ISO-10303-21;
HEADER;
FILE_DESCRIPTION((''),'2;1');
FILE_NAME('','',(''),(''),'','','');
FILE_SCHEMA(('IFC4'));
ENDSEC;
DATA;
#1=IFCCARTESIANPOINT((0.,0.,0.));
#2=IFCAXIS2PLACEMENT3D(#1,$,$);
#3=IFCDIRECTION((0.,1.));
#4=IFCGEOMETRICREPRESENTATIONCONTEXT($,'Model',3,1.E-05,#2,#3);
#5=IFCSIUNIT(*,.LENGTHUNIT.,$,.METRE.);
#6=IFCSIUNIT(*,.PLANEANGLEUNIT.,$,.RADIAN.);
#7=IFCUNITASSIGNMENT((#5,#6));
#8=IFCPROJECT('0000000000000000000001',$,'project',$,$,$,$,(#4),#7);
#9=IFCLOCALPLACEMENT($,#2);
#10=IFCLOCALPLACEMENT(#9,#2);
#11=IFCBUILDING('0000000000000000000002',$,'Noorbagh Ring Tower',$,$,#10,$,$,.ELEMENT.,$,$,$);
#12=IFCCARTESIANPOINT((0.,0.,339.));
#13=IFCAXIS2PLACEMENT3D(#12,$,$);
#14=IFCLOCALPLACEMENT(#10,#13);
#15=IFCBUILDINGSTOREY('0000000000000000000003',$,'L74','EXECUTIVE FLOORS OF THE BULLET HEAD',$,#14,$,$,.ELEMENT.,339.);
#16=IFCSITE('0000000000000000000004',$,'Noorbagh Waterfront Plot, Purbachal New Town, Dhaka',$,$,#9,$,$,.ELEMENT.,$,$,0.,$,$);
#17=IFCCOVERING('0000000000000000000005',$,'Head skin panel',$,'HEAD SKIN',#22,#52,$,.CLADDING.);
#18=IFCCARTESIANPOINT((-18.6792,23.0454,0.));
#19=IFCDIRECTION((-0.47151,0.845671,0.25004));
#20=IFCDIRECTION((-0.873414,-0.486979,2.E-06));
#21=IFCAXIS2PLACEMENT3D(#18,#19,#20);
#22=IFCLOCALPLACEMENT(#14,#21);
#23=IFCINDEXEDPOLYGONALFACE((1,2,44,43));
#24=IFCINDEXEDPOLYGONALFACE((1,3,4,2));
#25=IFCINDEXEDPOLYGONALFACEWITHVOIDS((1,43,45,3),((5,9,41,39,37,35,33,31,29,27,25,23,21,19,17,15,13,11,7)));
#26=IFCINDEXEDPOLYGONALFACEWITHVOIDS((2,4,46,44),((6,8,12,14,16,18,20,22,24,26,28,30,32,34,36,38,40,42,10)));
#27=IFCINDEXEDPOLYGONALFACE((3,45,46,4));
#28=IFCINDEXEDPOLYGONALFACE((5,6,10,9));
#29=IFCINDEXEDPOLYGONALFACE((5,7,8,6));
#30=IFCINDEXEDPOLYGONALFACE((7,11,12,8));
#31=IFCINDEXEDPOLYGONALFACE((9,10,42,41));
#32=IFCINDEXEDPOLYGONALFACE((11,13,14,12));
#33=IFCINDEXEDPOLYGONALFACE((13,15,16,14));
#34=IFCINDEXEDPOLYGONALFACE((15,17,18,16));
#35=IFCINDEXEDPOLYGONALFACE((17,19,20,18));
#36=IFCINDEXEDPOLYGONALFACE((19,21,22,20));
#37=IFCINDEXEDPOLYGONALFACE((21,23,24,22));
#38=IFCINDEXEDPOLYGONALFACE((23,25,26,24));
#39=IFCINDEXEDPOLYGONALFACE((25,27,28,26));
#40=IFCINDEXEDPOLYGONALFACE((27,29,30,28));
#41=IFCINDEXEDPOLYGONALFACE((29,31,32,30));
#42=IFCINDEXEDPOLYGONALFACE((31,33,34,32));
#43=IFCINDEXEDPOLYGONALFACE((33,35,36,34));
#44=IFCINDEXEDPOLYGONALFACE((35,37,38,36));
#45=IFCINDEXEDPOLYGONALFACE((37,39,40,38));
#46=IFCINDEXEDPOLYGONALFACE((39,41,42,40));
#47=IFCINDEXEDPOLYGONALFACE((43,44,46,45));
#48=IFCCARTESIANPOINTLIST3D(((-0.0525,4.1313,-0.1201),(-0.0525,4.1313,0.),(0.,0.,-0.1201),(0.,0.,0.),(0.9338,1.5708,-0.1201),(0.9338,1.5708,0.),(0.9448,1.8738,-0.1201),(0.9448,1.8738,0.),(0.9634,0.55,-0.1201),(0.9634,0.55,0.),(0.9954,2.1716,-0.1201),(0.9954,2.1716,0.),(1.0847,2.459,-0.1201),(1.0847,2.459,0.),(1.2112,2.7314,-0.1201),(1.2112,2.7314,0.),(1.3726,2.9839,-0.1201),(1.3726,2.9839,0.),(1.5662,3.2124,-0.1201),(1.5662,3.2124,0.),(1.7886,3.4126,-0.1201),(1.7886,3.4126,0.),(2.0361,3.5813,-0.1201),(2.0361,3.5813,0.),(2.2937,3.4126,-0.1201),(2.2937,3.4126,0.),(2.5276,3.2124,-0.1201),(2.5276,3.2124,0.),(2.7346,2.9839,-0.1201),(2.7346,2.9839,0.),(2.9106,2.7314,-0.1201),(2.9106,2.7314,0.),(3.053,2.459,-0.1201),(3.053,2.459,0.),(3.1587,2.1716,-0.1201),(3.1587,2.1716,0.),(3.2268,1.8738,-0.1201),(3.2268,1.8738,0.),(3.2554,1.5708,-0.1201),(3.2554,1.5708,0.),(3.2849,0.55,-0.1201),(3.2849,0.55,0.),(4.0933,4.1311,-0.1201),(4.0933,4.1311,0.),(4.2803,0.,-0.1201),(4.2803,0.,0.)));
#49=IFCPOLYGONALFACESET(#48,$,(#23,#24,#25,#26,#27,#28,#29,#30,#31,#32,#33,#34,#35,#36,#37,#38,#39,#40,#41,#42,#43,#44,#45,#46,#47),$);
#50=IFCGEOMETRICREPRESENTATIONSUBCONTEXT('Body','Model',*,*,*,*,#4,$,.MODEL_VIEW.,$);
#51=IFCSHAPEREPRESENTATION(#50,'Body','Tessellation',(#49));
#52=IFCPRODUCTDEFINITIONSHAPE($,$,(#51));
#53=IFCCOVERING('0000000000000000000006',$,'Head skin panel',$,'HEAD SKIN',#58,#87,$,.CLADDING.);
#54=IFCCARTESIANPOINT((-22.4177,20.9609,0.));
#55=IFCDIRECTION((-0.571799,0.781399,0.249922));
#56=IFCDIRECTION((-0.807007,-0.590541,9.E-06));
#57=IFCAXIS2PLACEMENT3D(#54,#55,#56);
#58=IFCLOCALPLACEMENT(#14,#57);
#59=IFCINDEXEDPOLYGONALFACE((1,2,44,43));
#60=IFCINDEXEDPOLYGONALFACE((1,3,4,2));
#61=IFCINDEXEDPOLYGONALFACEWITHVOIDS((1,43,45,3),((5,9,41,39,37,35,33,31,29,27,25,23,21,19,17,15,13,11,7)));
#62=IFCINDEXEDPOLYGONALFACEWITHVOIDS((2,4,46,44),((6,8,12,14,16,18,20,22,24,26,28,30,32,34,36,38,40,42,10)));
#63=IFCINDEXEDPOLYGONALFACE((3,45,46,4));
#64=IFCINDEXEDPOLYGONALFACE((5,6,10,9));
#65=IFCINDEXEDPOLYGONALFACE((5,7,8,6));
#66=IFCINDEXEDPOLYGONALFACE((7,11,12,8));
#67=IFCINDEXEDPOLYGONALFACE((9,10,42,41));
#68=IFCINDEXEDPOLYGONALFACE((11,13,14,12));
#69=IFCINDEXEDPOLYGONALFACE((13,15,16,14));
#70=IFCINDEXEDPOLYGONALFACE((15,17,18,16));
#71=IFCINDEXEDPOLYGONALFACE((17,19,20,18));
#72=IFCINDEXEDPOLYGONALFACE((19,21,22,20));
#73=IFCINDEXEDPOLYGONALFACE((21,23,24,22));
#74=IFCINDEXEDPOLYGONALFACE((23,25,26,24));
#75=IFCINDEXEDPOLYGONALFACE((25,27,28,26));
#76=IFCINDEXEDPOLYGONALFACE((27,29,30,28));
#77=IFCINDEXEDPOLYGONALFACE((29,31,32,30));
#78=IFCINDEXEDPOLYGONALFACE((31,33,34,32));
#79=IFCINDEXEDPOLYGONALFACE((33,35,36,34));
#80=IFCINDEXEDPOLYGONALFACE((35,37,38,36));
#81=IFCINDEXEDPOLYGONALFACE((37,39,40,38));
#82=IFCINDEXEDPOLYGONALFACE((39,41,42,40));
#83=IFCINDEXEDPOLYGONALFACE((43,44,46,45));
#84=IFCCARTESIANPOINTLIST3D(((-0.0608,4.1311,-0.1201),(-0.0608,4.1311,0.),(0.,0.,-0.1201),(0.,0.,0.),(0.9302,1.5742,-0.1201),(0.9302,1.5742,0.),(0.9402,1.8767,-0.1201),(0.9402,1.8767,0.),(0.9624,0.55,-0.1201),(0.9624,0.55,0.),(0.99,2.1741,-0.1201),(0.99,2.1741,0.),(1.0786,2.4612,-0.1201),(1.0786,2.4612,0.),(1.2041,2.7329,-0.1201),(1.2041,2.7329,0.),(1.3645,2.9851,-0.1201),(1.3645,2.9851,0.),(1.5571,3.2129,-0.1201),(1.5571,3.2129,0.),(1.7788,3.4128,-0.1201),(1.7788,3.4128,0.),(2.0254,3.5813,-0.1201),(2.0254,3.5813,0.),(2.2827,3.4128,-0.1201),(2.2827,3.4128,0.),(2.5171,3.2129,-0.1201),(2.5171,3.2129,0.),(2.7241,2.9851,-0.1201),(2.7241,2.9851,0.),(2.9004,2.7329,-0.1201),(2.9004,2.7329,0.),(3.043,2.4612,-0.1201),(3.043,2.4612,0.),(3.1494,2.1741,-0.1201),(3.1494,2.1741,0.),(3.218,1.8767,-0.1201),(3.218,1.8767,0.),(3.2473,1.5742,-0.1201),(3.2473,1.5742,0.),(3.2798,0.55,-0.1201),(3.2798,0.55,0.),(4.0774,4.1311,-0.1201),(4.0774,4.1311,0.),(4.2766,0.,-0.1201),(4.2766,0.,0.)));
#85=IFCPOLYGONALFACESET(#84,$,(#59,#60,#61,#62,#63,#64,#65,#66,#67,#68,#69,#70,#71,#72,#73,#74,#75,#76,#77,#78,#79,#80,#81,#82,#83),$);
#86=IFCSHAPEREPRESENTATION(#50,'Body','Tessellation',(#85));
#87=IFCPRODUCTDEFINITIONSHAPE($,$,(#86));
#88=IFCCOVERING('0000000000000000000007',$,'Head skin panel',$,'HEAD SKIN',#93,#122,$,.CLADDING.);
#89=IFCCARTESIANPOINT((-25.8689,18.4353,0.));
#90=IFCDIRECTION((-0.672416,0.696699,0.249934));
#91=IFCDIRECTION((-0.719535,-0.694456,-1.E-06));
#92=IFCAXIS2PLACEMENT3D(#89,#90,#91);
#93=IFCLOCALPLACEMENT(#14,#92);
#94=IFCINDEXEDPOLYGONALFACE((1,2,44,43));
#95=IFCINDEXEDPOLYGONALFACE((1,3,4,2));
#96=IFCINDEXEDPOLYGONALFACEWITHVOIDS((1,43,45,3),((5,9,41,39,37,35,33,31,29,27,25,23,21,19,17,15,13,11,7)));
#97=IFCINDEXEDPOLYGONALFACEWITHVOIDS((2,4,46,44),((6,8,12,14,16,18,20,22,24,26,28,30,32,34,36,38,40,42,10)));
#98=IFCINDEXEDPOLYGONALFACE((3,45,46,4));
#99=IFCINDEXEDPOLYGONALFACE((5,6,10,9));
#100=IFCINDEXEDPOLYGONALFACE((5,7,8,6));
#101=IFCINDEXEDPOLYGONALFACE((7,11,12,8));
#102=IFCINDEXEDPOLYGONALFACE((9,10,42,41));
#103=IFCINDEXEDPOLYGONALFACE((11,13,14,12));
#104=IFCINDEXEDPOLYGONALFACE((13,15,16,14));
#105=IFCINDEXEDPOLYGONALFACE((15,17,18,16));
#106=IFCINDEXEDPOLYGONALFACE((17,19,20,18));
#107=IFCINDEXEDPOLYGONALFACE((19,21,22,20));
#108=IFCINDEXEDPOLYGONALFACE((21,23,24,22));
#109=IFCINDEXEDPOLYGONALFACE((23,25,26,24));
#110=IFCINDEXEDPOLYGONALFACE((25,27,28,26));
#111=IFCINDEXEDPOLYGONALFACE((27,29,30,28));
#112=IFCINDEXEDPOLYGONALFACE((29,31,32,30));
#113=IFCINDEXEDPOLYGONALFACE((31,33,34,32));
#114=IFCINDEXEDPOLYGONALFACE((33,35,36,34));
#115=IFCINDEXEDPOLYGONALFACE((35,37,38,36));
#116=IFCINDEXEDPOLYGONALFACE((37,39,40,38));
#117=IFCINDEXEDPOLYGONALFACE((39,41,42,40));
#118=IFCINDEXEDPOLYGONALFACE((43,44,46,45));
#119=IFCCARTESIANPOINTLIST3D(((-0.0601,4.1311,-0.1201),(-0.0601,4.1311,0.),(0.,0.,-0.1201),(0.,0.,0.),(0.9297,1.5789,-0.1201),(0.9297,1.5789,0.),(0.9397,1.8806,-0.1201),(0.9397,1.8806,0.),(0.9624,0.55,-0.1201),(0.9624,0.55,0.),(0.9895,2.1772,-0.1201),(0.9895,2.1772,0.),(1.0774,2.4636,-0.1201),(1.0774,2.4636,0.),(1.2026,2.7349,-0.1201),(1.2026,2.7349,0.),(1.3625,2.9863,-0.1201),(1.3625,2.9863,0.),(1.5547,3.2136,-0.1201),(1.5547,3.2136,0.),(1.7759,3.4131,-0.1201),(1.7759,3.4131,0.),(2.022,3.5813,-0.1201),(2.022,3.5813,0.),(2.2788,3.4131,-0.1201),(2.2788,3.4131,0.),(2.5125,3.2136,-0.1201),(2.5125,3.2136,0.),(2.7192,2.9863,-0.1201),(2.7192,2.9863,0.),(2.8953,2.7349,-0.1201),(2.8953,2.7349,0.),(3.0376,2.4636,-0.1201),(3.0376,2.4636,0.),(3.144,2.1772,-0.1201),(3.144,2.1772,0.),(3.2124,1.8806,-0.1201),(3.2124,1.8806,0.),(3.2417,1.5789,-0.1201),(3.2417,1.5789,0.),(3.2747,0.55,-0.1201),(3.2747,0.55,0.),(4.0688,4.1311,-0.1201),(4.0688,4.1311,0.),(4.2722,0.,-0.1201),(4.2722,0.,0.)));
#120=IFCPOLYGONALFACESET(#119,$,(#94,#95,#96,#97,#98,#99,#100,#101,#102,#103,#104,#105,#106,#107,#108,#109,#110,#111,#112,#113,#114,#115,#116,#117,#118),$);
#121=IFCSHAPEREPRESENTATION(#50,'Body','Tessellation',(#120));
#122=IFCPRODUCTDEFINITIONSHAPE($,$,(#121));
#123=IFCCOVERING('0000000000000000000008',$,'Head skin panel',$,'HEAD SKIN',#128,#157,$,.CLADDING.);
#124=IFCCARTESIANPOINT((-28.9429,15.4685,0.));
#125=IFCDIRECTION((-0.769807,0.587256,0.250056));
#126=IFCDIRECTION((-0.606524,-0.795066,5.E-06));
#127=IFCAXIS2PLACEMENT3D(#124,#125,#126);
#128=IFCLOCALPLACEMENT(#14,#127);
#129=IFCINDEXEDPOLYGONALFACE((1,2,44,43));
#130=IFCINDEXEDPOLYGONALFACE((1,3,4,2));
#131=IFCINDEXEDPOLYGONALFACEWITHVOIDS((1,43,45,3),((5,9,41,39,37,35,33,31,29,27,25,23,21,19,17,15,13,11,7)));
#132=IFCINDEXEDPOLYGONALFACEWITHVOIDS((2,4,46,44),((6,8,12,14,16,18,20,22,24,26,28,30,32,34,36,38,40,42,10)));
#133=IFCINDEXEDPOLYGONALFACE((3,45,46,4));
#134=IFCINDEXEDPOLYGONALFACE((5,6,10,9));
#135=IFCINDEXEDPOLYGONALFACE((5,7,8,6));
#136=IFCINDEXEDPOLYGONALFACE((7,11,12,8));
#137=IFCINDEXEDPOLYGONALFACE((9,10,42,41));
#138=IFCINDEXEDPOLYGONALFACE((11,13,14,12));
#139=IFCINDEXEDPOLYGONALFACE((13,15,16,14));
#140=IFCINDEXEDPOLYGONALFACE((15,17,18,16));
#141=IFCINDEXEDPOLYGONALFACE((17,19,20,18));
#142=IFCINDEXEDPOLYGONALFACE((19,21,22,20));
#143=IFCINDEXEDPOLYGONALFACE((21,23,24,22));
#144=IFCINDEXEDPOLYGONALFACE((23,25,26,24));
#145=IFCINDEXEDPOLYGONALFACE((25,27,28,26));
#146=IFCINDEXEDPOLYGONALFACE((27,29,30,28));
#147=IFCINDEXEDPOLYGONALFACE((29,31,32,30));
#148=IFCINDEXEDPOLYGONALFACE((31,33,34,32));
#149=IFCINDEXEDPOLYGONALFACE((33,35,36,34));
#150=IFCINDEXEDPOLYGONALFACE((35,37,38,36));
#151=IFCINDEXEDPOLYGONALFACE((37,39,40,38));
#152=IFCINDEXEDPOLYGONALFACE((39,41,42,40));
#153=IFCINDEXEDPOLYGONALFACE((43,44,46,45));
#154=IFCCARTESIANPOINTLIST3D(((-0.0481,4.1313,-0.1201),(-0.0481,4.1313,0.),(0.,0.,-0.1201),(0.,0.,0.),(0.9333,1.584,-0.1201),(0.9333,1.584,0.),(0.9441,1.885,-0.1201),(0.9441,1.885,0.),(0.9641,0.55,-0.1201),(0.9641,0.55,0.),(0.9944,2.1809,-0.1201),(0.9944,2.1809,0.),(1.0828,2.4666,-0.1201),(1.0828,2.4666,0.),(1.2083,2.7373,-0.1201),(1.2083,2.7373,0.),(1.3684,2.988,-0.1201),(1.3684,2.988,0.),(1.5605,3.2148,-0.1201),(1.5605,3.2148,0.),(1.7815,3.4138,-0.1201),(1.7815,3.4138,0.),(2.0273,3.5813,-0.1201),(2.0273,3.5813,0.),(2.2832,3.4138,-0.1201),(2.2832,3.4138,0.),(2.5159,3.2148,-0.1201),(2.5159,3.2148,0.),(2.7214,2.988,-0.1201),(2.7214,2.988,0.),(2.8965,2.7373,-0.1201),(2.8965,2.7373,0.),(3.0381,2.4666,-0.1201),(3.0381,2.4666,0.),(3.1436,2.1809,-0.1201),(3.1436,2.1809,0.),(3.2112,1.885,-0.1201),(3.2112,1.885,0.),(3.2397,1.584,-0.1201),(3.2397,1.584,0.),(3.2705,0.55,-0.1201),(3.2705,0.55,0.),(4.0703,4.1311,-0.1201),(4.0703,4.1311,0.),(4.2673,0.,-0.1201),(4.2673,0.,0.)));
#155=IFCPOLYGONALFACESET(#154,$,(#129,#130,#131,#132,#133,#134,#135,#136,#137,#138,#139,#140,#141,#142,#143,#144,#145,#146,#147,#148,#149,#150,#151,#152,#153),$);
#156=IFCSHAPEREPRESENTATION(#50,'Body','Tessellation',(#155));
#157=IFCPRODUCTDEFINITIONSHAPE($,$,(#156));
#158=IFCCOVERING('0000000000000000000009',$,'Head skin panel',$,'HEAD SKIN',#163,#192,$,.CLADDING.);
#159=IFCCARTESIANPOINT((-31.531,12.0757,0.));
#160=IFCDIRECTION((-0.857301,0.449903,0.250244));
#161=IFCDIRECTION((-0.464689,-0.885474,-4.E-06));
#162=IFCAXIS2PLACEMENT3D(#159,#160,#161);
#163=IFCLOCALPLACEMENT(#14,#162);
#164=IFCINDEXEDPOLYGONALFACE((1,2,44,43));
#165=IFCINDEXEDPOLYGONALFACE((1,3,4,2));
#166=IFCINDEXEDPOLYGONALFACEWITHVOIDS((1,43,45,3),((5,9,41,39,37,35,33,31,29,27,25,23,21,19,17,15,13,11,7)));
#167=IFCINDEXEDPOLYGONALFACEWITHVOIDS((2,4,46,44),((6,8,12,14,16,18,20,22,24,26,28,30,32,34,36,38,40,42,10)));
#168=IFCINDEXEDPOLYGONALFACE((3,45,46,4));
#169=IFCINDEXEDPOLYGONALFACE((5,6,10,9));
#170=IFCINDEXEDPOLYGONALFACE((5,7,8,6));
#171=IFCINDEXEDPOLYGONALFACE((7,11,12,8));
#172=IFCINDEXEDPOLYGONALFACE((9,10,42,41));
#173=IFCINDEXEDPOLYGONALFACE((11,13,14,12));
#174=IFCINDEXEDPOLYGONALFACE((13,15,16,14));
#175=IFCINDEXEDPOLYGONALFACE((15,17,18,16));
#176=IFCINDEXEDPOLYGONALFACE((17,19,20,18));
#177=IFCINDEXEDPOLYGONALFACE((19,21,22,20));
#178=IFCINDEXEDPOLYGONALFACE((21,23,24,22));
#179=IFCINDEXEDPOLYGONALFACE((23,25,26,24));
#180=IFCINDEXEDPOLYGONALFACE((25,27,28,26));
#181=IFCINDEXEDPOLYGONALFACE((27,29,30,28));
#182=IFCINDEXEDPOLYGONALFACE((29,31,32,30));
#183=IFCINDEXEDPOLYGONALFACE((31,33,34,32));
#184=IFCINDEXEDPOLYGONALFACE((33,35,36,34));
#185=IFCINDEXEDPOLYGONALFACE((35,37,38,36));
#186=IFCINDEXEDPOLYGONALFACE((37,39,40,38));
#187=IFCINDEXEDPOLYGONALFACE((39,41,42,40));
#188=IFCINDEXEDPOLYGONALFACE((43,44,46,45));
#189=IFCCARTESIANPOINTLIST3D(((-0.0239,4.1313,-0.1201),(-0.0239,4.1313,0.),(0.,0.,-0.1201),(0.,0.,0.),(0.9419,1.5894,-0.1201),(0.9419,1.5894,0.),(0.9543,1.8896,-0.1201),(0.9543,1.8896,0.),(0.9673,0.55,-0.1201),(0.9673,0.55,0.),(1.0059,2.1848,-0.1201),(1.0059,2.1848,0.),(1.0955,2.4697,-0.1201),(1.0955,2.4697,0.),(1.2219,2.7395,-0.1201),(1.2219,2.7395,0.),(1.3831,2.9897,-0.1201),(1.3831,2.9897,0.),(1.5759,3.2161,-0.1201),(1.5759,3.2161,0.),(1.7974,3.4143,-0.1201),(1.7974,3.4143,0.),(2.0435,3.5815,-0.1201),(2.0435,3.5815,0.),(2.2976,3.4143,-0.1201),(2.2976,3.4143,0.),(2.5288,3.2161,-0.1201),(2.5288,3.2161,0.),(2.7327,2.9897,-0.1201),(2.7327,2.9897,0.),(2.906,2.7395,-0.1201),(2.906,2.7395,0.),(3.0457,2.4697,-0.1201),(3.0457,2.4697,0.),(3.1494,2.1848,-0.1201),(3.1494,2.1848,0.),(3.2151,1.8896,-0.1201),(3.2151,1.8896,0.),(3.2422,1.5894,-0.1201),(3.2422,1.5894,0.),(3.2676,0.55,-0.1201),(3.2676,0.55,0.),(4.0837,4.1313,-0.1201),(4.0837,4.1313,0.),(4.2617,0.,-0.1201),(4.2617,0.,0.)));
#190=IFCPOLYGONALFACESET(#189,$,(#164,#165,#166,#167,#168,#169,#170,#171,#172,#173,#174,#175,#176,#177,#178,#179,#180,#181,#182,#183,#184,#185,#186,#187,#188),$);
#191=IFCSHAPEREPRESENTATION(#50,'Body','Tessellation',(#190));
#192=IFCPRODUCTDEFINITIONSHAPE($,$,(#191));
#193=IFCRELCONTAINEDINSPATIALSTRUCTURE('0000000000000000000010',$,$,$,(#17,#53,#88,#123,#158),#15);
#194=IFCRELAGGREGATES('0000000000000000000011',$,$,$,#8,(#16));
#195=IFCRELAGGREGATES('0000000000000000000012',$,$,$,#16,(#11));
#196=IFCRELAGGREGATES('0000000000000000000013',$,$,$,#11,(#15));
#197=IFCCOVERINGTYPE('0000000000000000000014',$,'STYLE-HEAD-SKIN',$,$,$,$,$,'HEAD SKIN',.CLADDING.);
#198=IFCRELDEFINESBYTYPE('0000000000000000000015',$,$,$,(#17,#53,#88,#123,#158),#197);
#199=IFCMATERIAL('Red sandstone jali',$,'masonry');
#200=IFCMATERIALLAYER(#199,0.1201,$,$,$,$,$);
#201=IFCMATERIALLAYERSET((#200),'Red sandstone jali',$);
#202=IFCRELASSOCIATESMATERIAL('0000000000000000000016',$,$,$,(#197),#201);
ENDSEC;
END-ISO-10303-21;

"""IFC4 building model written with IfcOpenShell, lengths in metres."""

from ifc_helpers import new_model, si_unit, direction, frame, origin, place, context, subcontext, project, spatial, polyline, outline, extrude, material, layer, layer_set, type_object, element, save


model = new_model("IFC4")

# Units and contexts
model_context = context("Model", 3, precision=1e-05, world=origin(), true_north=direction((0.0, 1.0)))
body_context = subcontext(model_context, "Body", "Model", "MODEL_VIEW")
ifc_project = project(units=[si_unit("LENGTHUNIT", "METRE"), si_unit("PLANEANGLEUNIT", "RADIAN")], contexts=[model_context])

# Site, building, storey
site_placement = place(None, origin())
site = spatial("IfcSite", under=ifc_project, at=site_placement, Name="Noorbagh Waterfront Plot, Purbachal New Town, Dhaka", CompositionType="ELEMENT", RefElevation=0.0)
building_placement = place(site_placement, origin())
building = spatial("IfcBuilding", under=site, at=building_placement, Name="Noorbagh Ring Tower", CompositionType="ELEMENT")
storey_placement = place(building_placement, frame((0.0, 0.0, 339.0)))
storey = spatial("IfcBuildingStorey", under=building, at=storey_placement, Name="L74", Description="EXECUTIVE FLOORS OF THE BULLET HEAD", CompositionType="ELEMENT", Elevation=339.0)

# Coverings
ifc_material_1 = material(Name="Red sandstone jali", Category="masonry")
ifc_layer_1 = layer(ifc_material_1, 0.1201)
ifc_layer_set_1 = layer_set([ifc_layer_1], Name="Red sandstone jali")
covering_type_1 = type_object("IfcCoveringType", Name="STYLE-HEAD-SKIN", ElementType="HEAD SKIN", PredefinedType="CLADDING", material=ifc_layer_set_1)
covering_1_placement = place(storey_placement, frame((-18.6792, 23.0454, 0.0), z_axis=(-0.47151, 0.845671, 0.25004), x_axis=(-0.873414, -0.486979, 0.000002)))
element("IfcCovering", 1, at=covering_1_placement, inside=storey, type_object=covering_type_1, Name="Head skin panel", ObjectType="HEAD SKIN", PredefinedType="CLADDING", context=body_context, shape_type="SweptSolid", body=[
    extrude(outline(polyline([(0.0, 0.0), (4.2803, 0.0), (4.0933, 4.1311), (-0.0525, 4.1313), (0.0, 0.0)]), holes=[polyline([(0.9634, 0.55), (0.9338, 1.5708), (0.9448, 1.8738), (0.9954, 2.1716), (1.0847, 2.459), (1.2112, 2.7314), (1.3726, 2.9839), (1.5662, 3.2124), (1.7886, 3.4126), (2.0361, 3.5813), (2.2937, 3.4126), (2.5276, 3.2124), (2.7346, 2.9839), (2.9106, 2.7314), (3.053, 2.459), (3.1587, 2.1716), (3.2268, 1.8738), (3.2554, 1.5708), (3.2849, 0.55), (0.9634, 0.55)])]), origin(), (0.0, 0.0, -1.0), 0.1201),
])
covering_2_placement = place(storey_placement, frame((-22.4177, 20.9609, 0.0), z_axis=(-0.571799, 0.781399, 0.249922), x_axis=(-0.807007, -0.590541, 0.000009)))
element("IfcCovering", 2, at=covering_2_placement, inside=storey, type_object=covering_type_1, Name="Head skin panel", ObjectType="HEAD SKIN", PredefinedType="CLADDING", context=body_context, shape_type="SweptSolid", body=[
    extrude(outline(polyline([(0.0, 0.0), (4.2766, 0.0), (4.0774, 4.1311), (-0.0608, 4.1311), (0.0, 0.0)]), holes=[polyline([(0.9624, 0.55), (0.9302, 1.5742), (0.9402, 1.8767), (0.99, 2.1741), (1.0786, 2.4612), (1.2041, 2.7329), (1.3645, 2.9851), (1.5571, 3.2129), (1.7788, 3.4128), (2.0254, 3.5813), (2.2827, 3.4128), (2.5171, 3.2129), (2.7241, 2.9851), (2.9004, 2.7329), (3.043, 2.4612), (3.1494, 2.1741), (3.218, 1.8767), (3.2473, 1.5742), (3.2798, 0.55), (0.9624, 0.55)])]), origin(), (0.0, 0.0, -1.0), 0.1201),
])
covering_3_placement = place(storey_placement, frame((-25.8689, 18.4353, 0.0), z_axis=(-0.672416, 0.696699, 0.249934), x_axis=(-0.719535, -0.694456, -0.000001)))
element("IfcCovering", 3, at=covering_3_placement, inside=storey, type_object=covering_type_1, Name="Head skin panel", ObjectType="HEAD SKIN", PredefinedType="CLADDING", context=body_context, shape_type="SweptSolid", body=[
    extrude(outline(polyline([(0.0, 0.0), (4.2722, 0.0), (4.0688, 4.1311), (-0.0601, 4.1311), (0.0, 0.0)]), holes=[polyline([(0.9624, 0.55), (0.9297, 1.5789), (0.9397, 1.8806), (0.9895, 2.1772), (1.0774, 2.4636), (1.2026, 2.7349), (1.3625, 2.9863), (1.5547, 3.2136), (1.7759, 3.4131), (2.022, 3.5813), (2.2788, 3.4131), (2.5125, 3.2136), (2.7192, 2.9863), (2.8953, 2.7349), (3.0376, 2.4636), (3.144, 2.1772), (3.2124, 1.8806), (3.2417, 1.5789), (3.2747, 0.55), (0.9624, 0.55)])]), origin(), (0.0, 0.0, -1.0), 0.1201),
])
covering_4_placement = place(storey_placement, frame((-28.9429, 15.4685, 0.0), z_axis=(-0.769807, 0.587256, 0.250056), x_axis=(-0.606524, -0.795066, 0.000005)))
element("IfcCovering", 4, at=covering_4_placement, inside=storey, type_object=covering_type_1, Name="Head skin panel", ObjectType="HEAD SKIN", PredefinedType="CLADDING", context=body_context, shape_type="SweptSolid", body=[
    extrude(outline(polyline([(0.0, 0.0), (4.2673, 0.0), (4.0703, 4.1311), (-0.0481, 4.1313), (0.0, 0.0)]), holes=[polyline([(0.9641, 0.55), (0.9333, 1.584), (0.9441, 1.885), (0.9944, 2.1809), (1.0828, 2.4666), (1.2083, 2.7373), (1.3684, 2.988), (1.5605, 3.2148), (1.7815, 3.4138), (2.0273, 3.5813), (2.2832, 3.4138), (2.5159, 3.2148), (2.7214, 2.988), (2.8965, 2.7373), (3.0381, 2.4666), (3.1436, 2.1809), (3.2112, 1.885), (3.2397, 1.584), (3.2705, 0.55), (0.9641, 0.55)])]), origin(), (0.0, 0.0, -1.0), 0.1201),
])
covering_5_placement = place(storey_placement, frame((-31.531, 12.0757, 0.0), z_axis=(-0.857301, 0.449903, 0.250244), x_axis=(-0.464689, -0.885474, -0.000004)))
element("IfcCovering", 5, at=covering_5_placement, inside=storey, type_object=covering_type_1, Name="Head skin panel", ObjectType="HEAD SKIN", PredefinedType="CLADDING", context=body_context, shape_type="SweptSolid", body=[
    extrude(outline(polyline([(0.0, 0.0), (4.2617, 0.0), (4.0837, 4.1313), (-0.0239, 4.1313), (0.0, 0.0)]), holes=[polyline([(0.9673, 0.55), (0.9419, 1.5894), (0.9543, 1.8896), (1.0059, 2.1848), (1.0955, 2.4697), (1.2219, 2.7395), (1.3831, 2.9897), (1.5759, 3.2161), (1.7974, 3.4143), (2.0435, 3.5815), (2.2976, 3.4143), (2.5288, 3.2161), (2.7327, 2.9897), (2.906, 2.7395), (3.0457, 2.4697), (3.1494, 2.1848), (3.2151, 1.8896), (3.2422, 1.5894), (3.2676, 0.55), (0.9673, 0.55)])]), origin(), (0.0, 0.0, -1.0), 0.1201),
])

save(model, "model.ifc")
